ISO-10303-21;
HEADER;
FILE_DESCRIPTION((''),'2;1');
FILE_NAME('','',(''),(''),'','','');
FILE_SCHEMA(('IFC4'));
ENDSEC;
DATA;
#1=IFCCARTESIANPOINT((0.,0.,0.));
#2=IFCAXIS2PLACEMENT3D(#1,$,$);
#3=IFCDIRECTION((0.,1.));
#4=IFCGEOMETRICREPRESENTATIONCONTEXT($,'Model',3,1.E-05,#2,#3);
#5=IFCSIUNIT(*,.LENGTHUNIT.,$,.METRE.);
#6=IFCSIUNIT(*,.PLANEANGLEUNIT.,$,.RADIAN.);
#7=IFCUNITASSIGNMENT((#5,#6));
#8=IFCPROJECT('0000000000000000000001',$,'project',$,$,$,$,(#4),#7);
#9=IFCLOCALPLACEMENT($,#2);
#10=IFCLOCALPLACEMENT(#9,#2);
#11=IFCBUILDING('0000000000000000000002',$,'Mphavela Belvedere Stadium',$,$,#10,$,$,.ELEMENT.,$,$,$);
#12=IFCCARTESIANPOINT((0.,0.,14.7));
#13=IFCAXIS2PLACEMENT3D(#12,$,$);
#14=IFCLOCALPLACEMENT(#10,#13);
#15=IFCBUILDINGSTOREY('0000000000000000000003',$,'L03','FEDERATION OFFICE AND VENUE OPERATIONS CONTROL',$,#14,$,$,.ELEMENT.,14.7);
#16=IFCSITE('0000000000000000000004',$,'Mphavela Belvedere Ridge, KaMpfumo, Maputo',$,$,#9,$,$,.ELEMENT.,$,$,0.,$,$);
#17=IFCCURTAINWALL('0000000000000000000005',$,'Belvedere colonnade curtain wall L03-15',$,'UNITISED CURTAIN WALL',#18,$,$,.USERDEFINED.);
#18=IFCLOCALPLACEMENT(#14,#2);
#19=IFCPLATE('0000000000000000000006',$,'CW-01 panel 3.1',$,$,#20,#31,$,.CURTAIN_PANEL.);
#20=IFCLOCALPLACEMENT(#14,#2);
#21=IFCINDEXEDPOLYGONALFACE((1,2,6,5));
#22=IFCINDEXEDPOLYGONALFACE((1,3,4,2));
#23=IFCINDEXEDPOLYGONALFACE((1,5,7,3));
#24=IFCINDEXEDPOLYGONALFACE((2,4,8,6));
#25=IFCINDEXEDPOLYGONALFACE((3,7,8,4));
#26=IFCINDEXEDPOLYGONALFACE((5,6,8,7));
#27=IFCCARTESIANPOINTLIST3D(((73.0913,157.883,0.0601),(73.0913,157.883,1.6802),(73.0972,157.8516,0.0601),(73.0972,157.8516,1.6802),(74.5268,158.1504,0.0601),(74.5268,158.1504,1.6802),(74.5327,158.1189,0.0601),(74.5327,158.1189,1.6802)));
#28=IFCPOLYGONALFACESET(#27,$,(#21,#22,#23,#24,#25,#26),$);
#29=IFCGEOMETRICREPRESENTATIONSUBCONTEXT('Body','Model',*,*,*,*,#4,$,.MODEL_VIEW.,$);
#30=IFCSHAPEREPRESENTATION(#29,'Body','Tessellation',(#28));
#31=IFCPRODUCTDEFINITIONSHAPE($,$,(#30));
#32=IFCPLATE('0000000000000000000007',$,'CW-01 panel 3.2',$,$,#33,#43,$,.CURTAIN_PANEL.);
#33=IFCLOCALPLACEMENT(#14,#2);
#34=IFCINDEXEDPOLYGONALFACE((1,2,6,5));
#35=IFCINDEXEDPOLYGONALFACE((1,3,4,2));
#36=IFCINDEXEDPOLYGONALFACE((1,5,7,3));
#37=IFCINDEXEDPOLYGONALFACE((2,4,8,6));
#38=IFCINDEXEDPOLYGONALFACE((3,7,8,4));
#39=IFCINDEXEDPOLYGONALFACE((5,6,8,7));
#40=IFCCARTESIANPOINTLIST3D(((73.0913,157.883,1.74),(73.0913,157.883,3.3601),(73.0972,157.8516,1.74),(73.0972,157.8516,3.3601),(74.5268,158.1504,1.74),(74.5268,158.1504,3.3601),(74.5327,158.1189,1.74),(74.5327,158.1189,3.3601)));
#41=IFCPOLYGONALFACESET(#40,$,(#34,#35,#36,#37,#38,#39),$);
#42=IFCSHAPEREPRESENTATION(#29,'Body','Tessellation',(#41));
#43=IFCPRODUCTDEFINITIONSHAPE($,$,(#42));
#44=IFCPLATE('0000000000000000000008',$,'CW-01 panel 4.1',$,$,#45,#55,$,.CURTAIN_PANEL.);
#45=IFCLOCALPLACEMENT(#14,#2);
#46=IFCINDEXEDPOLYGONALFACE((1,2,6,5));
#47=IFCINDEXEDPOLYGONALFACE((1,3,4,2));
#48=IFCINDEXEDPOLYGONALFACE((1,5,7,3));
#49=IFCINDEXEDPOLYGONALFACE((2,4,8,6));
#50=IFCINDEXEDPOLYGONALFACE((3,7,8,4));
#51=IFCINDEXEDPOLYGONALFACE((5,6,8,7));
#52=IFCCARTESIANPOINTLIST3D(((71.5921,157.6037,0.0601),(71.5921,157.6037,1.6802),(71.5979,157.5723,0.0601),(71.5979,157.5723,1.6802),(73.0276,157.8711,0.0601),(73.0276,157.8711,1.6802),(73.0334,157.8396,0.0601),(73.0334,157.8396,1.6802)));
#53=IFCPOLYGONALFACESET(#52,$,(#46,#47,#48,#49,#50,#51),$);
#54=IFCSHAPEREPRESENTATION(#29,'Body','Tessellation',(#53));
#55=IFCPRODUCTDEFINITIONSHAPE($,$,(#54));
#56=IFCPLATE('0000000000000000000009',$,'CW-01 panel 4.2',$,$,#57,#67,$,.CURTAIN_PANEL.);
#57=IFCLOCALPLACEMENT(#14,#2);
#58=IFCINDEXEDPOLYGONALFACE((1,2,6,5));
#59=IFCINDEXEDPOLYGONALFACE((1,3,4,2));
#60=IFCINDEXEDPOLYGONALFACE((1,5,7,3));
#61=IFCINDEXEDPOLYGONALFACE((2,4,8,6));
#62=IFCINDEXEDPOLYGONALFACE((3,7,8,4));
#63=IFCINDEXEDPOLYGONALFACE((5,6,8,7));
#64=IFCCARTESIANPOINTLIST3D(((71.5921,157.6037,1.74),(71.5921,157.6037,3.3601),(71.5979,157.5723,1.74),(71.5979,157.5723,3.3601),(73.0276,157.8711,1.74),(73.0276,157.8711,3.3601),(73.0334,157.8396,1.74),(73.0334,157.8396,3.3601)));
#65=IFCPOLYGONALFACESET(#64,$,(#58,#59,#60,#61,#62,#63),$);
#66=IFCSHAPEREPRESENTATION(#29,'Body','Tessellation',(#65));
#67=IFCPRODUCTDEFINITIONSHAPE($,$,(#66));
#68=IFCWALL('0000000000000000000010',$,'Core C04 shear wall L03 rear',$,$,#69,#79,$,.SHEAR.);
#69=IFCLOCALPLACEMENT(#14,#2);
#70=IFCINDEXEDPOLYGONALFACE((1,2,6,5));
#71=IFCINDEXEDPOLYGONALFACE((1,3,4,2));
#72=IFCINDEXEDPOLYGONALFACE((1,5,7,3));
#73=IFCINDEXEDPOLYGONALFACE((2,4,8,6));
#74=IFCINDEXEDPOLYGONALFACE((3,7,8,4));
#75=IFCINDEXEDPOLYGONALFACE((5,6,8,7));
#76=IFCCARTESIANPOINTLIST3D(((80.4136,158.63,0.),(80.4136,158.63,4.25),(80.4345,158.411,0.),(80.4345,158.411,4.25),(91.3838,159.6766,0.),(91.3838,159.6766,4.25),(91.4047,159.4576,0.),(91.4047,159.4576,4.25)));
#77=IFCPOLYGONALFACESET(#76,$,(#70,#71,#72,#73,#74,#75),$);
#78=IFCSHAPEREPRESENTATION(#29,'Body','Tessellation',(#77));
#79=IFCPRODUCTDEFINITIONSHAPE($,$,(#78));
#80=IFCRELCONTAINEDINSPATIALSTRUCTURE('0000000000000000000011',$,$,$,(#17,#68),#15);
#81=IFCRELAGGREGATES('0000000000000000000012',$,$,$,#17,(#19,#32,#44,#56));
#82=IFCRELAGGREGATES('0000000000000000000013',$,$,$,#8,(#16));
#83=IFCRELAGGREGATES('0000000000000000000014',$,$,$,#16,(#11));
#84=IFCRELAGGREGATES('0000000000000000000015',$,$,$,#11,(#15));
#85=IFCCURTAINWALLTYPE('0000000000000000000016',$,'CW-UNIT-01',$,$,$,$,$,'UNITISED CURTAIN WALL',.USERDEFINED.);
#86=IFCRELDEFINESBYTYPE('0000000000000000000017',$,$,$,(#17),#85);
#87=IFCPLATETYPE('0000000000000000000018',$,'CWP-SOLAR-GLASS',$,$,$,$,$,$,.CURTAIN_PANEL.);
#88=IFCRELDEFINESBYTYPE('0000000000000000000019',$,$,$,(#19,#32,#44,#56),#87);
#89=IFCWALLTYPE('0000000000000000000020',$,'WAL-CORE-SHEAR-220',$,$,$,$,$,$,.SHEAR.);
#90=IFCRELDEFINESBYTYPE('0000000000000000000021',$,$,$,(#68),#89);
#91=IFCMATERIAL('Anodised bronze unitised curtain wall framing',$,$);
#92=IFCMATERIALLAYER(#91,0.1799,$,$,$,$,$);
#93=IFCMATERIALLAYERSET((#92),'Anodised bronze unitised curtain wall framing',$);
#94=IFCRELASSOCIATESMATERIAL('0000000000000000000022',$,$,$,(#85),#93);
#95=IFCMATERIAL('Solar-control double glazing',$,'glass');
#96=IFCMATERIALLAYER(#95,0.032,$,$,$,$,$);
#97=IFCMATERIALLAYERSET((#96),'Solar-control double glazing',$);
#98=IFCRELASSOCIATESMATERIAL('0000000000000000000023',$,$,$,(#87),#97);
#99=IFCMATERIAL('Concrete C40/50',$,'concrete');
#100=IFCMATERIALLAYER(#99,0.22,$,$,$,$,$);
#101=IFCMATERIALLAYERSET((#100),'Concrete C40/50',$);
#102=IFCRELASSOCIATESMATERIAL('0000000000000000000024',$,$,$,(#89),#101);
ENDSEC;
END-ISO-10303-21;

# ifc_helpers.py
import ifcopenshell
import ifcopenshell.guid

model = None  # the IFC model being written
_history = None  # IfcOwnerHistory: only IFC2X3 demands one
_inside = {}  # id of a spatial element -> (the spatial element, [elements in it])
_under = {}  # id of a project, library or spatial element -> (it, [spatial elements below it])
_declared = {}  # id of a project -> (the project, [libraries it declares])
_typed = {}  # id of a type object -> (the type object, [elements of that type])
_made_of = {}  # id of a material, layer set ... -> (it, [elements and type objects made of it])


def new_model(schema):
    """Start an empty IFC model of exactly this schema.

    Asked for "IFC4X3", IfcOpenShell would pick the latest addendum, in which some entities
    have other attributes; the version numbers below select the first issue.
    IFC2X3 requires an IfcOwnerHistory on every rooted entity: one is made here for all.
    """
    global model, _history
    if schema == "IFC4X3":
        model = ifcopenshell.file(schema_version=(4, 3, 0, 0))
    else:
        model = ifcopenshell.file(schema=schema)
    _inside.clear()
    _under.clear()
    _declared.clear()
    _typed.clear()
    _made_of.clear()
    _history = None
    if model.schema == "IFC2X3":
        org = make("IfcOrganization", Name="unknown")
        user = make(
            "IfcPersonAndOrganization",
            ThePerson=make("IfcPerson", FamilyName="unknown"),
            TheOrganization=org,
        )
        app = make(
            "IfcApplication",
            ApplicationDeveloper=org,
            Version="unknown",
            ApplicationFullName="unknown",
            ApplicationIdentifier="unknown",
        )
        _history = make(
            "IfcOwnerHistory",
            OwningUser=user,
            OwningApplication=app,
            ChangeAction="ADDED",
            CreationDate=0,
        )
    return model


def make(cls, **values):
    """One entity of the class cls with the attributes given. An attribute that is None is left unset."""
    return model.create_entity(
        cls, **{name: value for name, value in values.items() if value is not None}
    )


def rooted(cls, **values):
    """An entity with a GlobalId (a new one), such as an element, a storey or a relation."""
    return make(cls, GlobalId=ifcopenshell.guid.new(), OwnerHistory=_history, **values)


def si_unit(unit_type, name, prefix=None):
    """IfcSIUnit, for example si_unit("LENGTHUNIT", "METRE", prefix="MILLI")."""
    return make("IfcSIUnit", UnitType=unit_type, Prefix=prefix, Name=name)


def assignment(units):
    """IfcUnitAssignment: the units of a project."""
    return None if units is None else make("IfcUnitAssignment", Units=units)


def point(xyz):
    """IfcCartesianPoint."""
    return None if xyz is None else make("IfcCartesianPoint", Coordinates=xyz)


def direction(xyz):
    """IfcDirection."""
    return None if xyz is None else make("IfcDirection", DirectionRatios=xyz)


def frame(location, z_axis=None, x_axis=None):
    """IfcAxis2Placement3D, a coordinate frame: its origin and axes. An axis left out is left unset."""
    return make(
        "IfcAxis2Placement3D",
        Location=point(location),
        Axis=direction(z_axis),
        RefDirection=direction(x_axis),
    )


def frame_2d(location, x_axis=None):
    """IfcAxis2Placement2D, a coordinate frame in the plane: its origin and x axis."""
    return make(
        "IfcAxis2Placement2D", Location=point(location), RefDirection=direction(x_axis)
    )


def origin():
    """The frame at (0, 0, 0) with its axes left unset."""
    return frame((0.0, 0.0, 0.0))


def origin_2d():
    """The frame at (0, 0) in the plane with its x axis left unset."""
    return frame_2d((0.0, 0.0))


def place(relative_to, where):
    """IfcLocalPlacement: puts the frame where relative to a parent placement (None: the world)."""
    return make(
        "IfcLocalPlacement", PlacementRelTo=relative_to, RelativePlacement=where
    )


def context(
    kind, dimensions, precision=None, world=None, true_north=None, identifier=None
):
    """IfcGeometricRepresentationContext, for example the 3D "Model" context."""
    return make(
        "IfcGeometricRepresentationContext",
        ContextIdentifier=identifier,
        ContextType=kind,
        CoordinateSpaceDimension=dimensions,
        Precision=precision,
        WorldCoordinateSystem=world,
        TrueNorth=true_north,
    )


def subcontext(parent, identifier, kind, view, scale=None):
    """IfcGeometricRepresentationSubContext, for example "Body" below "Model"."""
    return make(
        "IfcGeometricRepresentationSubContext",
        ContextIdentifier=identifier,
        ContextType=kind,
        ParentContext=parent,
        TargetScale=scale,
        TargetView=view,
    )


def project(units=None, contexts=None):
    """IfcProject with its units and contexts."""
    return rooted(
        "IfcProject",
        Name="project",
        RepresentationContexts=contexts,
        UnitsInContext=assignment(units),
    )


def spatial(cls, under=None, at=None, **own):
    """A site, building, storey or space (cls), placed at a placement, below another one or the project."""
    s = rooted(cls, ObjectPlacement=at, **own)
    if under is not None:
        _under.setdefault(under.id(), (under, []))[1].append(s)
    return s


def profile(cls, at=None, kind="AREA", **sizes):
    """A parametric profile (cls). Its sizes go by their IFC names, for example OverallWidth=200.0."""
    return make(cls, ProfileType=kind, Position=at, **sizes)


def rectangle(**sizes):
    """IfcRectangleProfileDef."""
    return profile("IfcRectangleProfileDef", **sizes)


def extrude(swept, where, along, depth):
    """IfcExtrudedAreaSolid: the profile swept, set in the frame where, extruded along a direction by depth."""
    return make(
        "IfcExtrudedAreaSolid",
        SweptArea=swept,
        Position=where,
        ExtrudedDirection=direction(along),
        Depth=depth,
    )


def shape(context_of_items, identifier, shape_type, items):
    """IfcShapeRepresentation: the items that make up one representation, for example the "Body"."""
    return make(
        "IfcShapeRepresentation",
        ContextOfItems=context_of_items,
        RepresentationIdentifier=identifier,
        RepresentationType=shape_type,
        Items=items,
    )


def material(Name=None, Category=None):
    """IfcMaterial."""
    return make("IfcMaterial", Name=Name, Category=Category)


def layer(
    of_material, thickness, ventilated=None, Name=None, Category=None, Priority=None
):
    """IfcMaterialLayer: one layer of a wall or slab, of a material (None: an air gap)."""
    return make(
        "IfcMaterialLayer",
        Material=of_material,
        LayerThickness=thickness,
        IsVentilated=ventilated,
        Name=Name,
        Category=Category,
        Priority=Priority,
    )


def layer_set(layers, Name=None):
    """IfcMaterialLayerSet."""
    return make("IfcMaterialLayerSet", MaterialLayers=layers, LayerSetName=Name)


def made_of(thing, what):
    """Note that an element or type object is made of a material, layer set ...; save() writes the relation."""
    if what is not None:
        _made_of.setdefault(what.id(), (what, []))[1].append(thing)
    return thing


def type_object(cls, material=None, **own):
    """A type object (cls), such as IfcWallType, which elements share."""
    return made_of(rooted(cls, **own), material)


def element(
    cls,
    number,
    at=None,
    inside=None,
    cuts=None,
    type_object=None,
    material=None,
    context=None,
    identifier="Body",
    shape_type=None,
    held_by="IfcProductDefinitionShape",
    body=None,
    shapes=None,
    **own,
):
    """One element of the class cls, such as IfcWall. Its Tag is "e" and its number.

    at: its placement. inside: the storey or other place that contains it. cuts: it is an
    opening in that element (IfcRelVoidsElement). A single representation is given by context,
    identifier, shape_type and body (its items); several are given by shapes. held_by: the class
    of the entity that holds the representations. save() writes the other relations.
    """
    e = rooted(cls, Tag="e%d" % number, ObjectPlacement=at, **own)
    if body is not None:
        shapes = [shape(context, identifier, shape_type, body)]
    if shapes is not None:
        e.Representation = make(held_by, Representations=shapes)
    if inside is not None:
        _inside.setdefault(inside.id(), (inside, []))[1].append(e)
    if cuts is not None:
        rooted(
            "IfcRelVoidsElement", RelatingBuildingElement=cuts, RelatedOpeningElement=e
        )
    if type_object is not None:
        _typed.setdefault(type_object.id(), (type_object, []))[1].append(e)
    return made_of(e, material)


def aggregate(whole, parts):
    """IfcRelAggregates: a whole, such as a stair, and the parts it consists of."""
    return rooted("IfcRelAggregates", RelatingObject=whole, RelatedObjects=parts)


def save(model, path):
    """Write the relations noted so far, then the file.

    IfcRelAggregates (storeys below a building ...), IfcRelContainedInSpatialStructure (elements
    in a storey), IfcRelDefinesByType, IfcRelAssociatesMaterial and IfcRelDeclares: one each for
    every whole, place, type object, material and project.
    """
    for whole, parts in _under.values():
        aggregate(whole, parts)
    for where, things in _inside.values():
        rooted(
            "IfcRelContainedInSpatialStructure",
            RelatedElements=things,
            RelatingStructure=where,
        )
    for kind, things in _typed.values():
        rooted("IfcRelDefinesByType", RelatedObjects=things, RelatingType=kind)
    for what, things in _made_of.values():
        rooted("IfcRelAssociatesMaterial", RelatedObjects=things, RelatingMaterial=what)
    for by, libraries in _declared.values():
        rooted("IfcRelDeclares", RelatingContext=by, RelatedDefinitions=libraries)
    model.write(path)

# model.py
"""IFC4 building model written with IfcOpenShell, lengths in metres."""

from ifc_helpers import new_model, si_unit, direction, frame, frame_2d, origin, origin_2d, place, context, subcontext, project, spatial, rectangle, extrude, material, layer, layer_set, type_object, element, aggregate, save


model = new_model("IFC4")

# Units and contexts
model_context = context("Model", 3, precision=1e-05, world=origin(), true_north=direction((0.0, 1.0)))
body_context = subcontext(model_context, "Body", "Model", "MODEL_VIEW")
ifc_project = project(units=[si_unit("LENGTHUNIT", "METRE"), si_unit("PLANEANGLEUNIT", "RADIAN")], contexts=[model_context])

# Site, building, storey
site_placement = place(None, origin())
site = spatial("IfcSite", under=ifc_project, at=site_placement, Name="Mphavela Belvedere Ridge, KaMpfumo, Maputo", CompositionType="ELEMENT", RefElevation=0.0)
building_placement = place(site_placement, origin())
building = spatial("IfcBuilding", under=site, at=building_placement, Name="Mphavela Belvedere Stadium", CompositionType="ELEMENT")
storey_placement = place(building_placement, frame((0.0, 0.0, 14.7)))
storey = spatial("IfcBuildingStorey", under=building, at=storey_placement, Name="L03", Description="FEDERATION OFFICE AND VENUE OPERATIONS CONTROL", CompositionType="ELEMENT", Elevation=14.7)

# Curtain wall
ifc_material_1 = material(Name="Anodised bronze unitised curtain wall framing")
ifc_layer_1 = layer(ifc_material_1, 0.1799)
ifc_layer_set_1 = layer_set([ifc_layer_1], Name="Anodised bronze unitised curtain wall framing")
curtain_wall_type_1 = type_object("IfcCurtainWallType", Name="CW-UNIT-01", ElementType="UNITISED CURTAIN WALL", PredefinedType="USERDEFINED", material=ifc_layer_set_1)
curtain_wall_1_placement = place(storey_placement, origin())
curtain_wall_1 = element("IfcCurtainWall", 1, at=curtain_wall_1_placement, inside=storey, type_object=curtain_wall_type_1, Name="Belvedere colonnade curtain wall L03-15", ObjectType="UNITISED CURTAIN WALL", PredefinedType="USERDEFINED")

# Plates
ifc_material_2 = material(Name="Solar-control double glazing", Category="glass")
ifc_layer_2 = layer(ifc_material_2, 0.032)
ifc_layer_set_2 = layer_set([ifc_layer_2], Name="Solar-control double glazing")
plate_type = type_object("IfcPlateType", Name="CWP-SOLAR-GLASS", PredefinedType="CURTAIN_PANEL", material=ifc_layer_set_2)
plate_1_placement = place(storey_placement, frame((73.812, 158.001, 0.0601), z_axis=(0.0, 0.0, 1.0), x_axis=(-0.983097, -0.183088, 0.0)))
plate_1 = element("IfcPlate", 2, at=plate_1_placement, type_object=plate_type, Name="CW-01 panel 3.1", PredefinedType="CURTAIN_PANEL", context=body_context, shape_type="SweptSolid", body=[
    extrude(rectangle(XDim=1.4602, YDim=0.032, at=origin_2d()), origin(), (0.0, 0.0, 1.0), 1.6201),
])
plate_2_placement = place(storey_placement, frame((73.812, 158.001, 1.74), z_axis=(0.0, 0.0, 1.0), x_axis=(-0.983097, -0.183088, 0.0)))
plate_2 = element("IfcPlate", 3, at=plate_2_placement, type_object=plate_type, Name="CW-01 panel 3.2", PredefinedType="CURTAIN_PANEL", context=body_context, shape_type="SweptSolid", body=[
    extrude(rectangle(XDim=1.4602, YDim=0.032, at=origin_2d()), origin(), (0.0, 0.0, 1.0), 1.6201),
])
plate_3_placement = place(storey_placement, frame((72.3127, 157.7217, 0.0601), z_axis=(0.0, 0.0, 1.0), x_axis=(-0.983097, -0.183088, 0.0)))
plate_3 = element("IfcPlate", 4, at=plate_3_placement, type_object=plate_type, Name="CW-01 panel 4.1", PredefinedType="CURTAIN_PANEL", context=body_context, shape_type="SweptSolid", body=[
    extrude(rectangle(XDim=1.4602, YDim=0.032, at=origin_2d()), origin(), (0.0, 0.0, 1.0), 1.6201),
])
plate_4_placement = place(storey_placement, frame((72.3127, 157.7217, 1.74), z_axis=(0.0, 0.0, 1.0), x_axis=(-0.983097, -0.183088, 0.0)))
plate_4 = element("IfcPlate", 5, at=plate_4_placement, type_object=plate_type, Name="CW-01 panel 4.2", PredefinedType="CURTAIN_PANEL", context=body_context, shape_type="SweptSolid", body=[
    extrude(rectangle(XDim=1.4602, YDim=0.032, at=origin_2d()), origin(), (0.0, 0.0, 1.0), 1.6201),
])
aggregate(curtain_wall_1, [plate_1, plate_2, plate_3, plate_4])

# Wall
ifc_material_3 = material(Name="Concrete C40/50", Category="concrete")
ifc_layer_3 = layer(ifc_material_3, 0.22)
ifc_layer_set_3 = layer_set([ifc_layer_3], Name="Concrete C40/50")
wall_type = type_object("IfcWallType", Name="WAL-CORE-SHEAR-220", PredefinedType="SHEAR", material=ifc_layer_set_3)
wall_placement = place(storey_placement, frame((80.4241, 158.5205, 0.0), z_axis=(0.0, 0.0, 1.0), x_axis=(0.99548, 0.094975, 0.0)))
element("IfcWall", 6, at=wall_placement, inside=storey, type_object=wall_type, Name="Core C04 shear wall L03 rear", PredefinedType="SHEAR", context=body_context, shape_type="SweptSolid", body=[
    extrude(rectangle(XDim=11.02, YDim=0.22, at=frame_2d((5.51, 0.0))), origin(), (0.0, 0.0, 1.0), 4.25),
])

save(model, "model.ifc")
